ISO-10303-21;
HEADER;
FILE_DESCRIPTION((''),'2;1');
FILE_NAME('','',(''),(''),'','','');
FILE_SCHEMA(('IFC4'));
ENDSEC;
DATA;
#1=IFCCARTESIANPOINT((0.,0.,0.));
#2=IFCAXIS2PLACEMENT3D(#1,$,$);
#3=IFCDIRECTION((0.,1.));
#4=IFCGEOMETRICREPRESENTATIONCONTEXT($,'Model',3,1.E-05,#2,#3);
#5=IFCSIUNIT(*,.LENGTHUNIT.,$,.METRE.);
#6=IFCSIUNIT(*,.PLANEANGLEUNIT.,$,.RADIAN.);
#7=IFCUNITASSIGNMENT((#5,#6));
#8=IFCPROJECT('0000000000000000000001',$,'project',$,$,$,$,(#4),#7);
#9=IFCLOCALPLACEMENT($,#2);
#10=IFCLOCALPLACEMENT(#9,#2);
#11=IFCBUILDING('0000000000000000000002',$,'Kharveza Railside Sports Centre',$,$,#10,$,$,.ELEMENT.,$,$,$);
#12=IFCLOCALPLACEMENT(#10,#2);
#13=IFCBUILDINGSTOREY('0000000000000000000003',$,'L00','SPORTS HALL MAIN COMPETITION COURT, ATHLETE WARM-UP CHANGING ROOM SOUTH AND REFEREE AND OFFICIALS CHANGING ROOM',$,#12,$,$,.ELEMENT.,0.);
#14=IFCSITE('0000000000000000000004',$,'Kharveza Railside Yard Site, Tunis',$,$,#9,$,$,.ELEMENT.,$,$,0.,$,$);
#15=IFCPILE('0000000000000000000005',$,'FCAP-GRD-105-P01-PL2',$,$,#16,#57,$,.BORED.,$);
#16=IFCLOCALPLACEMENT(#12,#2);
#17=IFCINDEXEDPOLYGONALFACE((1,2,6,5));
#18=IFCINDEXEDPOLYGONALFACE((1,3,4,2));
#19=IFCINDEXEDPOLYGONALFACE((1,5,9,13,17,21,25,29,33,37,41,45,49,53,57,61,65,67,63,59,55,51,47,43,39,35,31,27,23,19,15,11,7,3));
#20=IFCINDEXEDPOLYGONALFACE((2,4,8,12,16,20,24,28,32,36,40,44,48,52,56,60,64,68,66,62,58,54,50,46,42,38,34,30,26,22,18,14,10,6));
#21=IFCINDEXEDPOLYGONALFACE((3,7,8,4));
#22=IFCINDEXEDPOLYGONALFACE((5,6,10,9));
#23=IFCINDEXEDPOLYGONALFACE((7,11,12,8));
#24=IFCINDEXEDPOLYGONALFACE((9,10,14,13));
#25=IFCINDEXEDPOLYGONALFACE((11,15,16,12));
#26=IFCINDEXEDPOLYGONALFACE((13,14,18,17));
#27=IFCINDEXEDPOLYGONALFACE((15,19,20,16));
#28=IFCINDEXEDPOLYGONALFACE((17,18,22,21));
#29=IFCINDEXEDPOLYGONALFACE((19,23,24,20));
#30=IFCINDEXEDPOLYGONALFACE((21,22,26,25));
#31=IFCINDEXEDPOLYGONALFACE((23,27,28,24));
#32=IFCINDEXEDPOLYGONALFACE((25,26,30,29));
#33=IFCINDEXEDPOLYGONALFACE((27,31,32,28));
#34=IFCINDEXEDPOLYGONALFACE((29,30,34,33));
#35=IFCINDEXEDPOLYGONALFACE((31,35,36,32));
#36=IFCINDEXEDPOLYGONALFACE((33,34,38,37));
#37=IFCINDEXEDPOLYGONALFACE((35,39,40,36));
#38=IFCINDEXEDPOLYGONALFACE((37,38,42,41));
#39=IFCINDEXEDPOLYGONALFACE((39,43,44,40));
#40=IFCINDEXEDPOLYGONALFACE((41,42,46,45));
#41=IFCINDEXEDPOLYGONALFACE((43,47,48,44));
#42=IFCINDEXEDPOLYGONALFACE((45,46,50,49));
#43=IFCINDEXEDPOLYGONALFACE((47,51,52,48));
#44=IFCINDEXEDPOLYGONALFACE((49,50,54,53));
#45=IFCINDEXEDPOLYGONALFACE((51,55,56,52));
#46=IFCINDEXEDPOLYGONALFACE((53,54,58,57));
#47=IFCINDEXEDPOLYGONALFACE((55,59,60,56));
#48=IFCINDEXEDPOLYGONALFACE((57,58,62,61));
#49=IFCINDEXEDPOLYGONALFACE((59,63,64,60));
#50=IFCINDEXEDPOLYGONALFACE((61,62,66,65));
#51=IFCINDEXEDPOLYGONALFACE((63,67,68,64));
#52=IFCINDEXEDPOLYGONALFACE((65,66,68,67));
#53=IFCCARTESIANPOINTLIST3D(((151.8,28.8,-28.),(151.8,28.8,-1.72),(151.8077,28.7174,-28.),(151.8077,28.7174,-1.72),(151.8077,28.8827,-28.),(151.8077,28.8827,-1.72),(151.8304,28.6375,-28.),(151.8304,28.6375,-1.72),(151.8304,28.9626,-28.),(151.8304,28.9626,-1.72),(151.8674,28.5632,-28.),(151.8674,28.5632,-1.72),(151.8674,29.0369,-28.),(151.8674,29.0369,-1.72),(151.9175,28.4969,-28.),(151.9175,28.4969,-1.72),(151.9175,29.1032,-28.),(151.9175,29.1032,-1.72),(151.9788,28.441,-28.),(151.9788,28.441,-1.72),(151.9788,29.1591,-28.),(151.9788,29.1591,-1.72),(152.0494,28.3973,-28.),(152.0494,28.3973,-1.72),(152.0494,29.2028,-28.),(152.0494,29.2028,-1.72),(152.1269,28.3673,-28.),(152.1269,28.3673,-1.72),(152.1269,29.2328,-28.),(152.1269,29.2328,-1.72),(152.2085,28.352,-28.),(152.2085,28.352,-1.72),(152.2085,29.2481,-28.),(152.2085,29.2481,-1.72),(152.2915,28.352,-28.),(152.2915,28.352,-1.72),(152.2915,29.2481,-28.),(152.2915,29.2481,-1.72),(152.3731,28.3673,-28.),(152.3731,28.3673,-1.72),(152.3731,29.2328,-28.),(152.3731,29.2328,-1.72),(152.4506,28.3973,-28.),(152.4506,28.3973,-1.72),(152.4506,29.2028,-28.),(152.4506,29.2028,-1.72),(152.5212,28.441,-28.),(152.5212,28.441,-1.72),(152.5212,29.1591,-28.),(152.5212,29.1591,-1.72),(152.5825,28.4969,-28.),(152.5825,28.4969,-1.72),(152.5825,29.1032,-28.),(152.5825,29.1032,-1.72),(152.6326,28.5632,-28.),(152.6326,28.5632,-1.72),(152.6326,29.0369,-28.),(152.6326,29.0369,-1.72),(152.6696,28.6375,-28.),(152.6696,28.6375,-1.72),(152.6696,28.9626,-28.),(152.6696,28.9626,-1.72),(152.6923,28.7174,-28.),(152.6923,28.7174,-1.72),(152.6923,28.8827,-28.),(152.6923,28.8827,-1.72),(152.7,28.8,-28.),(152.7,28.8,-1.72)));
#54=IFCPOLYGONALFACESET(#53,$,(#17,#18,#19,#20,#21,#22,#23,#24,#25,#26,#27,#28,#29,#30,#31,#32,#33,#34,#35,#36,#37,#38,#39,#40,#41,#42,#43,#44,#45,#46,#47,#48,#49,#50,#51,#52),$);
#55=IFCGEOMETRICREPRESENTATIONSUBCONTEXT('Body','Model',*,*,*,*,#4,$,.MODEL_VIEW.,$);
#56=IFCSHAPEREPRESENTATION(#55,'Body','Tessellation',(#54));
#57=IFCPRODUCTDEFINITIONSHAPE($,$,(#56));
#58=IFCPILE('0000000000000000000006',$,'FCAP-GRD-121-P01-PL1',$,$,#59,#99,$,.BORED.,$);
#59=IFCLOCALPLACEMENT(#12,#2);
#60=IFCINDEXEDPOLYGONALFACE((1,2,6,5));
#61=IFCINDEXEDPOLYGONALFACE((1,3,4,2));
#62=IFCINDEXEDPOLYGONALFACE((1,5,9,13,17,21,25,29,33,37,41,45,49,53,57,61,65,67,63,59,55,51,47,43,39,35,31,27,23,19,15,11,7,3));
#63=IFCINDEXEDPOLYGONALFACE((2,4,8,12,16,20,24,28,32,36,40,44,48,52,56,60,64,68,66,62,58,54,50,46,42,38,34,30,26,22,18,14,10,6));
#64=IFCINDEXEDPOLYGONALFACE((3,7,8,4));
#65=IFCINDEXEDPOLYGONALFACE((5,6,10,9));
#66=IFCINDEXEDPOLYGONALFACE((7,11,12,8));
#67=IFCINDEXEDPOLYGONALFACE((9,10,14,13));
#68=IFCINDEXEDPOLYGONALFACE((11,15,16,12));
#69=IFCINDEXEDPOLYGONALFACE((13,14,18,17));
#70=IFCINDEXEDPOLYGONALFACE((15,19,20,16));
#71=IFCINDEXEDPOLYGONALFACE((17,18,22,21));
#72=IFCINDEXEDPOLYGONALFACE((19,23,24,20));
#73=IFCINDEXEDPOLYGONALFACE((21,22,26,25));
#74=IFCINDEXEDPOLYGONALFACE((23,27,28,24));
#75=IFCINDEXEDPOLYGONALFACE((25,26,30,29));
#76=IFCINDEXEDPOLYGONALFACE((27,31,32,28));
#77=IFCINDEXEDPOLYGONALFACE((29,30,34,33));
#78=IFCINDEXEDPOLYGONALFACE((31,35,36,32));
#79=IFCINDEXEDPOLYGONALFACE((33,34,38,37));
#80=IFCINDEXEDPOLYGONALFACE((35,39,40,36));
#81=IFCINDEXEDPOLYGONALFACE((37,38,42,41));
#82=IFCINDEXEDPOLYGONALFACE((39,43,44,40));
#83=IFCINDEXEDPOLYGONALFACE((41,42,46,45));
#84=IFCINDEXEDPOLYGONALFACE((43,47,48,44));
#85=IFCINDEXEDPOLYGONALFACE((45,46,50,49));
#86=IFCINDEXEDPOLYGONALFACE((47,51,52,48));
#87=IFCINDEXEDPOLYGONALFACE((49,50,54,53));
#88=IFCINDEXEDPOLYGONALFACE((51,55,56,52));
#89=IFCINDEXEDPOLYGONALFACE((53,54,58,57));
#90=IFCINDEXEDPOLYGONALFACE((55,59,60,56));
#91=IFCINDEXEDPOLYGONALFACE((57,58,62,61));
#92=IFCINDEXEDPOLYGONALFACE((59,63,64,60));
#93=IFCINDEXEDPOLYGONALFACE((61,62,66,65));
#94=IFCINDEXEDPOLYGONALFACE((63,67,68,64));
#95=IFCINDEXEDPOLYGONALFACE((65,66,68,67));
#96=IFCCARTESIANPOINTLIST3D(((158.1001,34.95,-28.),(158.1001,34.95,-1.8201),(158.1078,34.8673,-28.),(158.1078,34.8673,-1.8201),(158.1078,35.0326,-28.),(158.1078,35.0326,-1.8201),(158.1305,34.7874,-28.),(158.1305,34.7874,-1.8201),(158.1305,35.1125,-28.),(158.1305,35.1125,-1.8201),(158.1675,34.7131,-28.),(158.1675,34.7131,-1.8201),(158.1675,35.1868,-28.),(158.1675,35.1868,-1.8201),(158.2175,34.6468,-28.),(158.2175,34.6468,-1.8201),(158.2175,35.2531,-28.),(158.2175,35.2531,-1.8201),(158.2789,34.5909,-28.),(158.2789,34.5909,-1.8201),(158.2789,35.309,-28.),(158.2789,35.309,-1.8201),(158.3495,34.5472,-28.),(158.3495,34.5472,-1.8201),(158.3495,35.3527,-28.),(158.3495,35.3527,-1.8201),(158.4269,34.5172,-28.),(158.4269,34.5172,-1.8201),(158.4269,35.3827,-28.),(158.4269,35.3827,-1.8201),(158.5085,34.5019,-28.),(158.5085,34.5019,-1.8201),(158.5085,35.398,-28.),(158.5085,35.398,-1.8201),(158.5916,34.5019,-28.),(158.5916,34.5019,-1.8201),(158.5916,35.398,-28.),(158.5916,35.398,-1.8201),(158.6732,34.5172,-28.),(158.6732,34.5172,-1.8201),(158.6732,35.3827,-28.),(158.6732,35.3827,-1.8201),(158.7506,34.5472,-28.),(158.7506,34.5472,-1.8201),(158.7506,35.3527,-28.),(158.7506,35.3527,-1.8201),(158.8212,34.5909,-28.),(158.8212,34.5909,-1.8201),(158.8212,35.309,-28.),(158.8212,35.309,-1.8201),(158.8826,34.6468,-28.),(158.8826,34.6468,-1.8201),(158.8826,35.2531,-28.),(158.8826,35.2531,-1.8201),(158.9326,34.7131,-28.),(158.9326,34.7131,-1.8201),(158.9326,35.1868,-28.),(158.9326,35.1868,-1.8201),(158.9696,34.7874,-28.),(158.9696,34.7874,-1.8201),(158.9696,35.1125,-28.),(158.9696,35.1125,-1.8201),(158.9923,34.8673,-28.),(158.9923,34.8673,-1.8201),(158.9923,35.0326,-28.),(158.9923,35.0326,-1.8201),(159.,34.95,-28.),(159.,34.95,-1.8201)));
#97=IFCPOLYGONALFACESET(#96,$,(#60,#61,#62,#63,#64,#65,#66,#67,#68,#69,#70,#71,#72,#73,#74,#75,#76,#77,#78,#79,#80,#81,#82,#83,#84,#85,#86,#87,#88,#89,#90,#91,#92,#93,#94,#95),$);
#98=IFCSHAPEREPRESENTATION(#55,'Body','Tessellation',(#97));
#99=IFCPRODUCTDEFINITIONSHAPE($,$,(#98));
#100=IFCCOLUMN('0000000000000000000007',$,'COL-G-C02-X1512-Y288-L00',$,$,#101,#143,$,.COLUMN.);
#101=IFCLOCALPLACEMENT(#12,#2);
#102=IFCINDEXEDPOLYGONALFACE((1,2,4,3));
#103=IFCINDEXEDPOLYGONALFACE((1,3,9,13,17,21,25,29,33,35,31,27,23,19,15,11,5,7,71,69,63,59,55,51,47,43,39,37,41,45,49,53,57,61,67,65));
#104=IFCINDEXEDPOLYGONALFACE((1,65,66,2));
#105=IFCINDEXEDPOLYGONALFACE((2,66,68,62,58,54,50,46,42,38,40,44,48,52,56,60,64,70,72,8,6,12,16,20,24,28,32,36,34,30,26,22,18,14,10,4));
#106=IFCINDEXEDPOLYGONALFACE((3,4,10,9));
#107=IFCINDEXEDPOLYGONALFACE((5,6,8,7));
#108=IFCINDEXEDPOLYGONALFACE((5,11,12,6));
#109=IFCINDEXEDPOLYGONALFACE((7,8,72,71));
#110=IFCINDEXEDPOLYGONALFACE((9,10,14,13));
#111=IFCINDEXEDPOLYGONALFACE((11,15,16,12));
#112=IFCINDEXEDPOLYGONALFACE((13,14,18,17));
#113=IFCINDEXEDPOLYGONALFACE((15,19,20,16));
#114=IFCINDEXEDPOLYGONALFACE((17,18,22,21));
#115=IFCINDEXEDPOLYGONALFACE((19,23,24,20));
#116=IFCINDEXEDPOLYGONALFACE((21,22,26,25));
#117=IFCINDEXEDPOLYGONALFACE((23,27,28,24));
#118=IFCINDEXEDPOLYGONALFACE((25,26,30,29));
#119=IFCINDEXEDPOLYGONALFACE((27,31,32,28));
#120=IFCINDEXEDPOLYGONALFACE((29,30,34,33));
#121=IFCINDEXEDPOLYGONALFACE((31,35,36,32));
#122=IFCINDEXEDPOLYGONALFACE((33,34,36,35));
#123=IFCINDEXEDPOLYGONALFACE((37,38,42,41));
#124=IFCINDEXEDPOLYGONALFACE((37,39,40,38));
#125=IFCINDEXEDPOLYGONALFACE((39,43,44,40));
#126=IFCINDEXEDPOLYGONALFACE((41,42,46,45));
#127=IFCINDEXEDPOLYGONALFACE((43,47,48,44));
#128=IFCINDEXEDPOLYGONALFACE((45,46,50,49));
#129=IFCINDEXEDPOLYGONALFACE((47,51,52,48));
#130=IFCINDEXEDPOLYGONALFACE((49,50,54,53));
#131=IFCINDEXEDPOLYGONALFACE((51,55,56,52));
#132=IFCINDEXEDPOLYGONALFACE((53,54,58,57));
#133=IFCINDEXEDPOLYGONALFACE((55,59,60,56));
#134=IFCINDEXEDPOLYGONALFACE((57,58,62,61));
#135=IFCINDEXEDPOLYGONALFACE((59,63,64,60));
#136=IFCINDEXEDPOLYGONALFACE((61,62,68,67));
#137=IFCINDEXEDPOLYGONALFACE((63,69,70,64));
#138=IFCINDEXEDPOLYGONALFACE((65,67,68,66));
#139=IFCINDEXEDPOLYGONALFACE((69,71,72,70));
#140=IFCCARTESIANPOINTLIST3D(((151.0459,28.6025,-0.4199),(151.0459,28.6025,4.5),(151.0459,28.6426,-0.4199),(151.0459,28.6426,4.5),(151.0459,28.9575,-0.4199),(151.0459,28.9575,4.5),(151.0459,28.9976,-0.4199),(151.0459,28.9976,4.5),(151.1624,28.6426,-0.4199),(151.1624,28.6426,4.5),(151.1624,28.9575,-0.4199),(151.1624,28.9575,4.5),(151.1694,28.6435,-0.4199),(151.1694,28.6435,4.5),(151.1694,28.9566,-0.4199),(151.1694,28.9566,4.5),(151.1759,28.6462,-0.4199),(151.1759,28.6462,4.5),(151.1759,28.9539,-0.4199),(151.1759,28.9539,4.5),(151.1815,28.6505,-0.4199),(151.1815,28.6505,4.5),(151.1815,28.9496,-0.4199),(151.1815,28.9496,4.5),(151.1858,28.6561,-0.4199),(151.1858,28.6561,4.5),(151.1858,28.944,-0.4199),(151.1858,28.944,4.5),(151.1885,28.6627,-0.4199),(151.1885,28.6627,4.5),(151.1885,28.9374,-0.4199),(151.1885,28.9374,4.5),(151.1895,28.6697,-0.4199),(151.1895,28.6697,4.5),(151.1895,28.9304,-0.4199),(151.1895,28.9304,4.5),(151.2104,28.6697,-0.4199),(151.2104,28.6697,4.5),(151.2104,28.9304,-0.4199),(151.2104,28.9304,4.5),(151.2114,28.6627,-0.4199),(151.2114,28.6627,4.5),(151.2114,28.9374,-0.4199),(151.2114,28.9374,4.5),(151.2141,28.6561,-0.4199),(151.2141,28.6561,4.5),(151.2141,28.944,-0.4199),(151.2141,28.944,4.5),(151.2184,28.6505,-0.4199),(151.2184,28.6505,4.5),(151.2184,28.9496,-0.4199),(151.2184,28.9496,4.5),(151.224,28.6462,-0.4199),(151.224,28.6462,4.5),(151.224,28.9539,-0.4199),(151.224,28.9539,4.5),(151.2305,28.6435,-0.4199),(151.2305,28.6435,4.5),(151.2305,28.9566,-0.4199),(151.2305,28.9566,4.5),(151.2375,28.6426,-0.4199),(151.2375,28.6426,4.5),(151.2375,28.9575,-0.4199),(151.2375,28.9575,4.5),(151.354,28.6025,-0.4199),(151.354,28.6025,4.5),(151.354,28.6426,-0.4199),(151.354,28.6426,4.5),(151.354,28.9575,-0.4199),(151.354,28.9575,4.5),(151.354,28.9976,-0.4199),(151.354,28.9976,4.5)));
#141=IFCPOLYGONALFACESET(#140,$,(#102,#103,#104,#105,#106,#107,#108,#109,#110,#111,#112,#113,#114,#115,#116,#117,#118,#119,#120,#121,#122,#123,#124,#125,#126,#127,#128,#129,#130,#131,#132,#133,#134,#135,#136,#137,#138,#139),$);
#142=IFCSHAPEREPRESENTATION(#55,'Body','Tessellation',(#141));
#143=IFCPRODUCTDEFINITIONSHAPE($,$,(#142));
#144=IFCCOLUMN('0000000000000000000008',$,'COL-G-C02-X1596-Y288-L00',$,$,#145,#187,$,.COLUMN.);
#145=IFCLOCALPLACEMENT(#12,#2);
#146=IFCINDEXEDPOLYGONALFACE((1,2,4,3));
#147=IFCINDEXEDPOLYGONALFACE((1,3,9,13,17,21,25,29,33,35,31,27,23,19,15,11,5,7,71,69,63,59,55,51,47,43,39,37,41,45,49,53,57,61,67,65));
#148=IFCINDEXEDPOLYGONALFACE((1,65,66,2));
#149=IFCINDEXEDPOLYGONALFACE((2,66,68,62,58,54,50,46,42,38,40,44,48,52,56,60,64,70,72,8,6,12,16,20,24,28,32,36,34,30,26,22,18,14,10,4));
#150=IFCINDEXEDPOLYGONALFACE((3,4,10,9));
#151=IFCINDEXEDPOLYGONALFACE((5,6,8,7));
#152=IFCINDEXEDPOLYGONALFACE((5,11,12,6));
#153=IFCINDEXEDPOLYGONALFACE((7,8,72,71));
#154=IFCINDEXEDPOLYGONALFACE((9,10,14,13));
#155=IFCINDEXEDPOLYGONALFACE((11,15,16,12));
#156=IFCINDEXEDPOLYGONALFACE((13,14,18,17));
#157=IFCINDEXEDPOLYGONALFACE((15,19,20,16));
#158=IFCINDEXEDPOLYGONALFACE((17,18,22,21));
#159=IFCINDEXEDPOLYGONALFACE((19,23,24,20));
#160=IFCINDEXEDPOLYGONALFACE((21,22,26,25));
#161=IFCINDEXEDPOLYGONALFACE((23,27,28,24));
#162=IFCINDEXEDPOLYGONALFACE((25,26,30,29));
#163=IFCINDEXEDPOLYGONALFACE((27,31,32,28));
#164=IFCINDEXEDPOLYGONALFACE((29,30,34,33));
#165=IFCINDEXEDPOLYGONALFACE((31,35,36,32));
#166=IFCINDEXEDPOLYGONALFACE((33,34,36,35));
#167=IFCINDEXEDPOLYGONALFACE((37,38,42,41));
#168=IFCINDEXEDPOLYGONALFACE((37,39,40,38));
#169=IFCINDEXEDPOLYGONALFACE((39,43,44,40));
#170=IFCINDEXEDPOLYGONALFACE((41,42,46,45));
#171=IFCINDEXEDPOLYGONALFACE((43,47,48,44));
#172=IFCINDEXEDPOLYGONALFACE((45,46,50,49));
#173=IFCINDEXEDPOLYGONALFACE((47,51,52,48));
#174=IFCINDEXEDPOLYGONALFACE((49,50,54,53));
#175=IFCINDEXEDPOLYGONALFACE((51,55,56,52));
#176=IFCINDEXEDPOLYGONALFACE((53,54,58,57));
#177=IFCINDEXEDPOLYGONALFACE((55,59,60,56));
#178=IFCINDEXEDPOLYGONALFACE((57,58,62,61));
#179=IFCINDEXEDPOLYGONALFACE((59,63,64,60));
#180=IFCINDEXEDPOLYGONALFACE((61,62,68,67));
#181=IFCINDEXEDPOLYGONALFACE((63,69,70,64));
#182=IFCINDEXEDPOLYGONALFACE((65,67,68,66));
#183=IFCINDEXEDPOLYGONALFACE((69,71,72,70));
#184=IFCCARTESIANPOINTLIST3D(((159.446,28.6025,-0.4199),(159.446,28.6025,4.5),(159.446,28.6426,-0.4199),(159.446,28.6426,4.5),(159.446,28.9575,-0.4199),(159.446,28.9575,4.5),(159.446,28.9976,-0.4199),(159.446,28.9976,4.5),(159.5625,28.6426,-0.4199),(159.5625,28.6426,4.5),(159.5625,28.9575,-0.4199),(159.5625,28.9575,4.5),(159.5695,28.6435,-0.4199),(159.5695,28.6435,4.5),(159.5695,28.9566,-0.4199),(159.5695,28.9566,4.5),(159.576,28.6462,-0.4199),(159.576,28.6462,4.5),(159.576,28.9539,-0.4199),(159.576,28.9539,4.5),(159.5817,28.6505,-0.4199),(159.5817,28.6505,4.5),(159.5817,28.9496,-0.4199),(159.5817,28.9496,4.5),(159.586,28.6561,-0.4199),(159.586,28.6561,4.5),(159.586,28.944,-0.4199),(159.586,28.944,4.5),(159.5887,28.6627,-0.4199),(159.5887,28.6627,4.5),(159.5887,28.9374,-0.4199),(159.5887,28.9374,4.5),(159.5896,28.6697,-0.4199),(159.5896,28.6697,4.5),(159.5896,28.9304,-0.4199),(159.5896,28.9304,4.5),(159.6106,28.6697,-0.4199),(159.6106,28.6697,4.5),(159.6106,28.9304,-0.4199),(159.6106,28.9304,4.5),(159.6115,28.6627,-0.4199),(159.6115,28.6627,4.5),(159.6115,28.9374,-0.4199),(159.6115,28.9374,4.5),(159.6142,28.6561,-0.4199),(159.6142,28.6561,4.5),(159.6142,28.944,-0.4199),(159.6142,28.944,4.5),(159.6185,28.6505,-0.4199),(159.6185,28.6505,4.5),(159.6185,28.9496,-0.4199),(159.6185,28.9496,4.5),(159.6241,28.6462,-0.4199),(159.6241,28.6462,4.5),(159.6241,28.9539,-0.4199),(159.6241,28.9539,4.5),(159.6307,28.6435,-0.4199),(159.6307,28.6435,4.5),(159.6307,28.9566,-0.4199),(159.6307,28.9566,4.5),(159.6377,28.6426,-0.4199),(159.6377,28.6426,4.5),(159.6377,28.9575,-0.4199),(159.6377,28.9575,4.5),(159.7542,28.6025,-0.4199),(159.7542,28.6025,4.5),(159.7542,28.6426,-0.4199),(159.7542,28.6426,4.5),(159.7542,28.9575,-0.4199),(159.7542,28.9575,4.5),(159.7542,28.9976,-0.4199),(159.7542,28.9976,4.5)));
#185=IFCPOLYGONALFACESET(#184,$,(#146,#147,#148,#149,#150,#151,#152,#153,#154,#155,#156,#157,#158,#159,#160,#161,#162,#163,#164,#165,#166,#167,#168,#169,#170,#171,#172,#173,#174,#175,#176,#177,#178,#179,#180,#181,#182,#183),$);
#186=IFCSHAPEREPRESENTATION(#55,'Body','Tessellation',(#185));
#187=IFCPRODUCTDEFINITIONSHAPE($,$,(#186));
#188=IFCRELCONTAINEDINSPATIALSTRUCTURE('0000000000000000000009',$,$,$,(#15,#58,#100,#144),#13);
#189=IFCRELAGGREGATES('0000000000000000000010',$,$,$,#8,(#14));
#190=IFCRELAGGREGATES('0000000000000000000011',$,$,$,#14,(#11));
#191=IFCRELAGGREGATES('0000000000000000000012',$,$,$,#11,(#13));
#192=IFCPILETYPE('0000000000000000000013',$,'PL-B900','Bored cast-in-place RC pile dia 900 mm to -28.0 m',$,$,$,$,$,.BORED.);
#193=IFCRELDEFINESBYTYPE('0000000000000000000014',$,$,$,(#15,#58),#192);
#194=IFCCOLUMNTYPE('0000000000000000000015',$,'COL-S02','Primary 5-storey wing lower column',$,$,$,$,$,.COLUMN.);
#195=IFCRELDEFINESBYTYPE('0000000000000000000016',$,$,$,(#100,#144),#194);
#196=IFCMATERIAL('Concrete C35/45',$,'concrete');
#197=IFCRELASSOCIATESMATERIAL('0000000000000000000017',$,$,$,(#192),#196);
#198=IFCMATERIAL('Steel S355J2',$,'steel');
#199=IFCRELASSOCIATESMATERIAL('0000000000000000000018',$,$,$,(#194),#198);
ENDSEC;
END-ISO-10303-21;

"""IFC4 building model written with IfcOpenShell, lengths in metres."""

from ifc_helpers import new_model, si_unit, direction, frame, origin, origin_2d, place, context, subcontext, project, spatial, circle, i_section, extrude, material, material_profile, profile_set, type_object, element, save


model = new_model("IFC4")

# Units and contexts
model_context = context("Model", 3, precision=1e-05, world=origin(), true_north=direction((0.0, 1.0)))
body_context = subcontext(model_context, "Body", "Model", "MODEL_VIEW")
ifc_project = project(units=[si_unit("LENGTHUNIT", "METRE"), si_unit("PLANEANGLEUNIT", "RADIAN")], contexts=[model_context])

# Site, building, storey
site_placement = place(None, origin())
site = spatial("IfcSite", under=ifc_project, at=site_placement, Name="Kharveza Railside Yard Site, Tunis", CompositionType="ELEMENT", RefElevation=0.0)
building_placement = place(site_placement, origin())
building = spatial("IfcBuilding", under=site, at=building_placement, Name="Kharveza Railside Sports Centre", CompositionType="ELEMENT")
storey_placement = place(building_placement, origin())
storey = spatial("IfcBuildingStorey", under=building, at=storey_placement, Name="L00", Description="SPORTS HALL MAIN COMPETITION COURT, ATHLETE WARM-UP CHANGING ROOM SOUTH AND REFEREE AND OFFICIALS CHANGING ROOM", CompositionType="ELEMENT", Elevation=0.0)

# Shared definitions
ifc_material_1 = material(Name="Concrete C35/45", Category="concrete")

# Piles
ifc_material_profile_1 = material_profile(ifc_material_1, circle(Radius=0.45, at=origin_2d()), Name="PILE D900")
ifc_profile_set_1 = profile_set([ifc_material_profile_1], Name="Concrete C35/45")
pile_type_1 = type_object("IfcPileType", Name="PL-B900", Description="Bored cast-in-place RC pile dia 900 mm to -28.0 m", PredefinedType="BORED", material=ifc_profile_set_1)
for number, where, z_axis, x_axis, name in (
    (1, (152.25, 28.8, -1.72), (0.0, 0.0, -1.0), (1.0, 0.0, 0.0), "FCAP-GRD-105-P01-PL2"),
):
    element("IfcPile", number, at=place(storey_placement, frame(where, z_axis=z_axis, x_axis=x_axis)), inside=storey, type_object=pile_type_1, Name=name, PredefinedType="BORED", context=body_context, shape_type="SweptSolid", body=[
        extrude(circle(Radius=0.45, at=origin_2d()), origin(), (0.0, 0.0, 1.0), 26.28),
    ])
pile_placement = place(storey_placement, frame((158.55, 34.95, -1.8201), z_axis=(0.0, 0.0, -1.0), x_axis=(1.0, 0.0, 0.0)))
element("IfcPile", 2, at=pile_placement, inside=storey, type_object=pile_type_1, Name="FCAP-GRD-121-P01-PL1", PredefinedType="BORED", context=body_context, shape_type="SweptSolid", body=[
    extrude(circle(Radius=0.45, at=origin_2d()), origin(), (0.0, 0.0, 1.0), 26.1799),
])

# Columns
ifc_material_2 = material(Name="Steel S355J2", Category="steel")
ifc_material_profile_2 = material_profile(ifc_material_2, i_section(OverallWidth=0.3081, OverallDepth=0.395, WebThickness=0.021, FlangeThickness=0.04, FilletRadius=0.0271, at=origin_2d()), Name="HEM 360")
ifc_profile_set_2 = profile_set([ifc_material_profile_2], Name="Steel S355J2")
column_type = type_object("IfcColumnType", Name="COL-S02", Description="Primary 5-storey wing lower column", PredefinedType="COLUMN", material=ifc_profile_set_2)
for number, where, z_axis, x_axis, name in (
    (3, (151.2, 28.8, -0.4199), (0.0, 0.0, 1.0), (1.0, 0.0, 0.0), "COL-G-C02-X1512-Y288-L00"),
    (4, (159.6001, 28.8, -0.4199), (0.0, 0.0, 1.0), (1.0, 0.0, 0.0), "COL-G-C02-X1596-Y288-L00"),
):
    element("IfcColumn", number, at=place(storey_placement, frame(where, z_axis=z_axis, x_axis=x_axis)), inside=storey, type_object=column_type, Name=name, PredefinedType="COLUMN", context=body_context, shape_type="SweptSolid", body=[
        extrude(i_section(OverallWidth=0.3081, OverallDepth=0.395, WebThickness=0.021, FlangeThickness=0.04, FilletRadius=0.0271, at=origin_2d()), origin(), (0.0, 0.0, 1.0), 4.9199),
    ])

save(model, "model.ifc")
